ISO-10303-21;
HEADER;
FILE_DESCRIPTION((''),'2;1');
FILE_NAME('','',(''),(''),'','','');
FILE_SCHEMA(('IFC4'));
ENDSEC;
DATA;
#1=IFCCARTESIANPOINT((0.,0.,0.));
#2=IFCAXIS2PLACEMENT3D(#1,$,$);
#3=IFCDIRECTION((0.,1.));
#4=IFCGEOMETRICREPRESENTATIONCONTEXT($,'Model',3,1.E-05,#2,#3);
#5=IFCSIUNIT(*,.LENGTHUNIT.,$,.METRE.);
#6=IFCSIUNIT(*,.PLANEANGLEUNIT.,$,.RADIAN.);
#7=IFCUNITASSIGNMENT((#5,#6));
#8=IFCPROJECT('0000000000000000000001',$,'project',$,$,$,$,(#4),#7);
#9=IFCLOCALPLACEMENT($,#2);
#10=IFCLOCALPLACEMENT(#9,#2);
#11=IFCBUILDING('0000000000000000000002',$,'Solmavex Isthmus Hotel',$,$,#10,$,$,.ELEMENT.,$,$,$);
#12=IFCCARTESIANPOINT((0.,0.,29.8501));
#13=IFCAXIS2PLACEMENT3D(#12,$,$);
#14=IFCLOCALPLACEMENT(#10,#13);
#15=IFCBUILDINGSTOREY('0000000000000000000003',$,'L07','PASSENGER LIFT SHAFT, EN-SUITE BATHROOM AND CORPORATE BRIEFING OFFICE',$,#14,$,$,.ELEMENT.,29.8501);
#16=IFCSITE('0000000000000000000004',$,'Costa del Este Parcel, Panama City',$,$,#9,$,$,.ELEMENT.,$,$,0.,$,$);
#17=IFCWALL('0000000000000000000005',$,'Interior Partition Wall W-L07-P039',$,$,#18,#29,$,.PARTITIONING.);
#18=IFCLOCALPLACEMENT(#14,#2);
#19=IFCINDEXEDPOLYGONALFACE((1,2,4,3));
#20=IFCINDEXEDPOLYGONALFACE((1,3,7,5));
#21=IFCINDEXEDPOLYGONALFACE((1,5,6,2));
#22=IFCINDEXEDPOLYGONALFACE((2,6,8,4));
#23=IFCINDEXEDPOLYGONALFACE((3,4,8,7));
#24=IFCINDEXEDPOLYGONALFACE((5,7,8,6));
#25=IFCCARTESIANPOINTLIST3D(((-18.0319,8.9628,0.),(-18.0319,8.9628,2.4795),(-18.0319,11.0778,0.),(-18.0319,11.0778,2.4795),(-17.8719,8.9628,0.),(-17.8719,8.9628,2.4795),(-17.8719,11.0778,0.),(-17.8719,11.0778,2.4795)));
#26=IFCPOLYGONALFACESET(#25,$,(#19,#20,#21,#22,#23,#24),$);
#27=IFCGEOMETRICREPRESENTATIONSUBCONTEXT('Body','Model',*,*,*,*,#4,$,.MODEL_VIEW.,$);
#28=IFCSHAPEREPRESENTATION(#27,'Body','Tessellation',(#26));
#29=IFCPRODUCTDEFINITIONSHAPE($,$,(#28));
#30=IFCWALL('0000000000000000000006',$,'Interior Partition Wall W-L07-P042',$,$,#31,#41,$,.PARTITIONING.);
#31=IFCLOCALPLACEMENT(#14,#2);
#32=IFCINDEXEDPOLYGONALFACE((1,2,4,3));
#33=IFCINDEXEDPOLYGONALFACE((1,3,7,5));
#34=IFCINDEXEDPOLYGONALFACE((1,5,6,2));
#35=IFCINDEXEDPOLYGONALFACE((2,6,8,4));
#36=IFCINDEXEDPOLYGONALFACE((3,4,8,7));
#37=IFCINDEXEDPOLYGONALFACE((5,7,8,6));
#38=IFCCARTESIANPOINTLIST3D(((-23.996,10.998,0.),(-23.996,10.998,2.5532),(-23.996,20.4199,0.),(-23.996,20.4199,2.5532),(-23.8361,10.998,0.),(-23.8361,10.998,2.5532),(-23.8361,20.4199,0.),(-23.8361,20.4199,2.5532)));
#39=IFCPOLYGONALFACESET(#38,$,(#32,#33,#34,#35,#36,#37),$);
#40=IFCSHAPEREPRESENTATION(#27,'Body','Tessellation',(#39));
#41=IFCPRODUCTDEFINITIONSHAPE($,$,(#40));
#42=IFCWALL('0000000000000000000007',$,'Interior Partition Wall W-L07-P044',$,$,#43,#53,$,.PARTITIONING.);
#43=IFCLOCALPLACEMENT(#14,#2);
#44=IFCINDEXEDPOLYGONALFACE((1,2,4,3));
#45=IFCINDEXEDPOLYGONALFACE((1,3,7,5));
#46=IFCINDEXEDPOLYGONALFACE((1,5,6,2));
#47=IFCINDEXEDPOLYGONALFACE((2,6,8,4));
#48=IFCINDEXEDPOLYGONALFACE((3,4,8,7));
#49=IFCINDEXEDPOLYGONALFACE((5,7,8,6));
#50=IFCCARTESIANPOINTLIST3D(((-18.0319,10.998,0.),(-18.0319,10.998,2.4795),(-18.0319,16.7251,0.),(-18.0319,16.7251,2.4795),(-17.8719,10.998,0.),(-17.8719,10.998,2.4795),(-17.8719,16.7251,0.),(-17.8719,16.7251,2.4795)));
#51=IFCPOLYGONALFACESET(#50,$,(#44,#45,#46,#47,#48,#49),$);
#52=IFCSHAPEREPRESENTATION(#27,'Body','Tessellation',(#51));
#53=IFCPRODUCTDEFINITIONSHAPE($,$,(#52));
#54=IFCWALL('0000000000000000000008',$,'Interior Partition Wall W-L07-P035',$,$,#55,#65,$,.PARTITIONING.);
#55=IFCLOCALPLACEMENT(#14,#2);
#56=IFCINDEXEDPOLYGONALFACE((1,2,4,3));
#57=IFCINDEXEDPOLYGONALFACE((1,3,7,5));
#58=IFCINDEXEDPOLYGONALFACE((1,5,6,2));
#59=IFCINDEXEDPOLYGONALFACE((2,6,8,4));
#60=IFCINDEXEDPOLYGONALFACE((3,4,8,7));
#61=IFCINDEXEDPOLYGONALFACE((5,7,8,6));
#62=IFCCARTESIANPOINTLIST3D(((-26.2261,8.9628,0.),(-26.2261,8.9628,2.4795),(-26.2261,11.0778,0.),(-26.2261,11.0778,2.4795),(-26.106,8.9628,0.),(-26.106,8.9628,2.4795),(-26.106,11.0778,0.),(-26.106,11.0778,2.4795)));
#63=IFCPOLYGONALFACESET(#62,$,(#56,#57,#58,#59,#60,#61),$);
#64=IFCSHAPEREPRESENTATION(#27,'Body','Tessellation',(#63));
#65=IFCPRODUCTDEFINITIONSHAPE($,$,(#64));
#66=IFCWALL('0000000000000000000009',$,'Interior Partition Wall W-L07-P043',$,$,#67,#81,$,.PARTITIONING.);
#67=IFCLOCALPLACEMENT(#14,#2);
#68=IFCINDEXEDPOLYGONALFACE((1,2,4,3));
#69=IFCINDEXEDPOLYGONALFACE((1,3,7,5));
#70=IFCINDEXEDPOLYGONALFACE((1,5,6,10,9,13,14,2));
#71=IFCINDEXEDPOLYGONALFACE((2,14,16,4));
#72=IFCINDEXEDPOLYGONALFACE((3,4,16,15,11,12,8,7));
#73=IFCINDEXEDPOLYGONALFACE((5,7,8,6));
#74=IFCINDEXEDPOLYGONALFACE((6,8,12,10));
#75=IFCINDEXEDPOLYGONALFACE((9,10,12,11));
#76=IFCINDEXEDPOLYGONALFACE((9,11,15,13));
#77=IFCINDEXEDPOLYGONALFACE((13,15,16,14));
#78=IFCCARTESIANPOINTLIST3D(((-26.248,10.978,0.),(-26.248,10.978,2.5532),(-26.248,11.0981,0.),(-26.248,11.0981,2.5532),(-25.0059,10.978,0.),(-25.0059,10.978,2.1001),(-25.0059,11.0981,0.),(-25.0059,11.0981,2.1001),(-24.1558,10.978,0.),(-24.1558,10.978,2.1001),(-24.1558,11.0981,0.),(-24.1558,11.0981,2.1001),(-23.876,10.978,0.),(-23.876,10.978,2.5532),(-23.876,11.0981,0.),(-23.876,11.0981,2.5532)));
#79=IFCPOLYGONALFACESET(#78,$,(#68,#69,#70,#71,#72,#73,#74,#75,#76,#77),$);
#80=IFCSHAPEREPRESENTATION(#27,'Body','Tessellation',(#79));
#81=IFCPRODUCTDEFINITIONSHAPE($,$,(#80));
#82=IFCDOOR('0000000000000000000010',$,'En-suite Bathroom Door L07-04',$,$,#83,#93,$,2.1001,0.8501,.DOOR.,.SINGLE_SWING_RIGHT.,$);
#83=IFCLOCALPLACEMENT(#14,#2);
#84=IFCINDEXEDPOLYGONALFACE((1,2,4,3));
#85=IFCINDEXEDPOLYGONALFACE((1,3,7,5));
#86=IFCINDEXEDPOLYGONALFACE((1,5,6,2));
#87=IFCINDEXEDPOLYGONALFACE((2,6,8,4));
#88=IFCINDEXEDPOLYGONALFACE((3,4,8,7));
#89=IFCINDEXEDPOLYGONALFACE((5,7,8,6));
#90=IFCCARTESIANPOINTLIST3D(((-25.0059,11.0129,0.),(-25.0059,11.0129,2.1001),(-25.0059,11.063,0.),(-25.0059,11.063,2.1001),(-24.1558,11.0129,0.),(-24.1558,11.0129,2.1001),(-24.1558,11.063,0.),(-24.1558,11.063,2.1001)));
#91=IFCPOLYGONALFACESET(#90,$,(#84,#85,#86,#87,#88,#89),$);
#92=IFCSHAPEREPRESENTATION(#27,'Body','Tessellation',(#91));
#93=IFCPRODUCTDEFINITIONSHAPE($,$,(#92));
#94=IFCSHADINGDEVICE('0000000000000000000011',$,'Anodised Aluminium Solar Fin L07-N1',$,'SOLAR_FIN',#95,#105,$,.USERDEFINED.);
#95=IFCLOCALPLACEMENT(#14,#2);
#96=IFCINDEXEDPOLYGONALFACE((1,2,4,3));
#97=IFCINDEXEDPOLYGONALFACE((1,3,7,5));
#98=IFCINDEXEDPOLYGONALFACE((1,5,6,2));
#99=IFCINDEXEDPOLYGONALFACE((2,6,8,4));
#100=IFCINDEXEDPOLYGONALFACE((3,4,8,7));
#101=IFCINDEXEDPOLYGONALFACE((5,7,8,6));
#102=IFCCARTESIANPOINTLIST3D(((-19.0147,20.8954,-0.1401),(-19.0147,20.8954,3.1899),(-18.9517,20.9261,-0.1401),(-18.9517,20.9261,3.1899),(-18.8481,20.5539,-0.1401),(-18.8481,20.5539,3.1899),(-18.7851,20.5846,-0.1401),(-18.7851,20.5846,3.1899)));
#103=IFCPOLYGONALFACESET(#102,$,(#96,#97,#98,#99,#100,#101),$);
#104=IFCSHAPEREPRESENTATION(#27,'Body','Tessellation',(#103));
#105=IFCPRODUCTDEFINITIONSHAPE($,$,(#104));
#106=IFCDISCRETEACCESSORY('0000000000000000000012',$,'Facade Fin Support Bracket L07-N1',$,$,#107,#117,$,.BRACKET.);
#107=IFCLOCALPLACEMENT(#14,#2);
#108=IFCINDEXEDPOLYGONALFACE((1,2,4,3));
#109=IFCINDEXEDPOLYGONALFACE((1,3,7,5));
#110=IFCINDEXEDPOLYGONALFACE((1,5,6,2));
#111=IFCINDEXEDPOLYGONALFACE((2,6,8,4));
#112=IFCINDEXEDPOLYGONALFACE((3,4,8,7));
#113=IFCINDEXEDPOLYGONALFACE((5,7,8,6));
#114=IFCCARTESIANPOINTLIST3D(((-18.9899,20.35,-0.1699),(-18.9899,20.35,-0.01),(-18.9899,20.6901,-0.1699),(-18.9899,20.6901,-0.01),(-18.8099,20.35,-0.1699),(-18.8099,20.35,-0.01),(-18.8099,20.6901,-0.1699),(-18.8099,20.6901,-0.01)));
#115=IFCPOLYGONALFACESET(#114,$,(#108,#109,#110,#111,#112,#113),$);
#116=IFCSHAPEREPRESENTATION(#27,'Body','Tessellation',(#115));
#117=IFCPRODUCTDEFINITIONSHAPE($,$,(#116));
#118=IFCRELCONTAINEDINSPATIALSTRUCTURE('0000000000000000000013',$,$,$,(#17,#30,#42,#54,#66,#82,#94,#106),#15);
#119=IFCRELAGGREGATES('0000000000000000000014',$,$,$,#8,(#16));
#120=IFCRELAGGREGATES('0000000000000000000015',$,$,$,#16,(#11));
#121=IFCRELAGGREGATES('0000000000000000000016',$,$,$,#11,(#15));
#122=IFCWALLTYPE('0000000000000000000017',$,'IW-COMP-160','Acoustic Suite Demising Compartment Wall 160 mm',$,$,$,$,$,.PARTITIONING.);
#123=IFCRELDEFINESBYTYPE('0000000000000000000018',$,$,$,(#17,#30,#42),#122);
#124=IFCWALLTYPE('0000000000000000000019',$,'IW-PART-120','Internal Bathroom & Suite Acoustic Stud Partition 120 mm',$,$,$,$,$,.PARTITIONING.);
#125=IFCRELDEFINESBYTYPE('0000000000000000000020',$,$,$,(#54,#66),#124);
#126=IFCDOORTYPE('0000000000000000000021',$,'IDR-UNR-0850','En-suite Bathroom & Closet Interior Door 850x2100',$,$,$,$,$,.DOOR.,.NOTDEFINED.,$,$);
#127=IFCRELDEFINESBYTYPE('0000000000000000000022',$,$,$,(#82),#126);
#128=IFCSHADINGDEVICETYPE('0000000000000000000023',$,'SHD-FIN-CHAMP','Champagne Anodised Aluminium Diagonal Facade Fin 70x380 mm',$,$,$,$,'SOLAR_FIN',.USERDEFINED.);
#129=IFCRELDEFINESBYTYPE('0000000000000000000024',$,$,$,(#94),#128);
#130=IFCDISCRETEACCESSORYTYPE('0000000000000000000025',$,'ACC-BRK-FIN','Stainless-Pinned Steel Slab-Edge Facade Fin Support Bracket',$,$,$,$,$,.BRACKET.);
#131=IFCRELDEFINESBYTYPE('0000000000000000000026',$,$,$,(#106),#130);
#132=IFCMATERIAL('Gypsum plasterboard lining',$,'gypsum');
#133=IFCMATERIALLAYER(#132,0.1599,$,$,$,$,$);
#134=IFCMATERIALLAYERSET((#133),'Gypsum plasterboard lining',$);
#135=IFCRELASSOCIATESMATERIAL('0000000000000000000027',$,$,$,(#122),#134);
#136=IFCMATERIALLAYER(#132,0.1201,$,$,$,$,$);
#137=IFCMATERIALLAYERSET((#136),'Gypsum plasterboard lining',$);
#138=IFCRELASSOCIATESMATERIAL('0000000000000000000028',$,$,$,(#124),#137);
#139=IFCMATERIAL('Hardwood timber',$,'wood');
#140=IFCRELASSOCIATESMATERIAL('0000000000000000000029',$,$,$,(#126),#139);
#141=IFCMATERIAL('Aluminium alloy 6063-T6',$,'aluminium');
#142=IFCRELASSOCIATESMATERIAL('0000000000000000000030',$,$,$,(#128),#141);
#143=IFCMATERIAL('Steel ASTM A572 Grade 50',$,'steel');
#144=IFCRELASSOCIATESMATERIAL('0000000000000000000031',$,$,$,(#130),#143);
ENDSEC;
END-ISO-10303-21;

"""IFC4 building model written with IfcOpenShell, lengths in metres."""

from ifc_helpers import new_model, si_unit, direction, frame, frame_2d, origin, origin_2d, place, context, subcontext, project, spatial, rectangle, extrude, material, layer, layer_set, type_object, element, fill, save


model = new_model("IFC4")

# Units and contexts
model_context = context("Model", 3, precision=1e-05, world=origin(), true_north=direction((0.0, 1.0)))
body_context = subcontext(model_context, "Body", "Model", "MODEL_VIEW")
ifc_project = project(units=[si_unit("LENGTHUNIT", "METRE"), si_unit("PLANEANGLEUNIT", "RADIAN")], contexts=[model_context])

# Site, building, storey
site_placement = place(None, origin())
site = spatial("IfcSite", under=ifc_project, at=site_placement, Name="Costa del Este Parcel, Panama City", CompositionType="ELEMENT", RefElevation=0.0)
building_placement = place(site_placement, origin())
building = spatial("IfcBuilding", under=site, at=building_placement, Name="Solmavex Isthmus Hotel", CompositionType="ELEMENT")
storey_placement = place(building_placement, frame((0.0, 0.0, 29.8501)))
storey = spatial("IfcBuildingStorey", under=building, at=storey_placement, Name="L07", Description="PASSENGER LIFT SHAFT, EN-SUITE BATHROOM AND CORPORATE BRIEFING OFFICE", CompositionType="ELEMENT", Elevation=29.8501)

# Shared definitions
ifc_material_1 = material(Name="Aluminium alloy 6063-T6", Category="aluminium")

# Shared definitions
ifc_material_2 = material(Name="Gypsum plasterboard lining", Category="gypsum")
ifc_layer_1 = layer(ifc_material_2, 0.1599)
ifc_layer_set_1 = layer_set([ifc_layer_1], Name="Gypsum plasterboard lining")
wall_type_1 = type_object("IfcWallType", Name="IW-COMP-160", Description="Acoustic Suite Demising Compartment Wall 160 mm", PredefinedType="PARTITIONING", material=ifc_layer_set_1)
ifc_material_3 = material(Name="Hardwood timber", Category="wood")

# Walls
wall_1_placement = place(storey_placement, frame((-17.9519, 11.0779, 0.0), z_axis=(0.0, 0.0, 1.0), x_axis=(0.0, -1.0, 0.0)))
element("IfcWall", 1, at=wall_1_placement, inside=storey, type_object=wall_type_1, Name="Interior Partition Wall W-L07-P039", PredefinedType="PARTITIONING", context=body_context, shape_type="SweptSolid", body=[
    extrude(rectangle(XDim=2.115, YDim=0.1599, at=frame_2d((1.0576, 0.0))), origin(), (0.0, 0.0, 1.0), 2.4795),
])
wall_2_placement = place(storey_placement, frame((-23.916, 20.4199, 0.0), z_axis=(0.0, 0.0, 1.0), x_axis=(0.0, -1.0, 0.0)))
element("IfcWall", 2, at=wall_2_placement, inside=storey, type_object=wall_type_1, Name="Interior Partition Wall W-L07-P042", PredefinedType="PARTITIONING", context=body_context, shape_type="SweptSolid", body=[
    extrude(rectangle(XDim=9.4219, YDim=0.1599, at=frame_2d((4.7109, 0.0))), origin(), (0.0, 0.0, 1.0), 2.5532),
])
wall_3_placement = place(storey_placement, frame((-17.9519, 16.7251, 0.0), z_axis=(0.0, 0.0, 1.0), x_axis=(0.0, -1.0, 0.0)))
element("IfcWall", 3, at=wall_3_placement, inside=storey, type_object=wall_type_1, Name="Interior Partition Wall W-L07-P044", PredefinedType="PARTITIONING", context=body_context, shape_type="SweptSolid", body=[
    extrude(rectangle(XDim=5.7271, YDim=0.1599, at=frame_2d((2.8635, 0.0))), origin(), (0.0, 0.0, 1.0), 2.4795),
])
ifc_layer_2 = layer(ifc_material_2, 0.1201)
ifc_layer_set_2 = layer_set([ifc_layer_2], Name="Gypsum plasterboard lining")
wall_type_2 = type_object("IfcWallType", Name="IW-PART-120", Description="Internal Bathroom & Suite Acoustic Stud Partition 120 mm", PredefinedType="PARTITIONING", material=ifc_layer_set_2)
wall_4_placement = place(storey_placement, frame((-26.166, 11.0779, 0.0), z_axis=(0.0, 0.0, 1.0), x_axis=(0.0, -1.0, 0.0)))
element("IfcWall", 4, at=wall_4_placement, inside=storey, type_object=wall_type_2, Name="Interior Partition Wall W-L07-P035", PredefinedType="PARTITIONING", context=body_context, shape_type="SweptSolid", body=[
    extrude(rectangle(XDim=2.115, YDim=0.1201, at=frame_2d((1.0576, 0.0))), origin(), (0.0, 0.0, 1.0), 2.4795),
])

# Wall, opening, door
wall_5_placement = place(storey_placement, frame((-23.876, 11.0381, 0.0), z_axis=(0.0, 0.0, 1.0), x_axis=(-1.0, 0.0, 0.0)))
wall_5 = element("IfcWall", 5, at=wall_5_placement, inside=storey, type_object=wall_type_2, Name="Interior Partition Wall W-L07-P043", PredefinedType="PARTITIONING", context=body_context, shape_type="SweptSolid", body=[
    extrude(rectangle(XDim=2.3721, YDim=0.1201, at=frame_2d((1.186, 0.0))), origin(), (0.0, 0.0, 1.0), 2.5532),
])
opening_1_placement = place(wall_5_placement, frame((0.2798, 0.0, 0.0)))
opening_1 = element("IfcOpeningElement", 6, at=opening_1_placement, cuts=wall_5, PredefinedType="OPENING", context=body_context, shape_type="SweptSolid", body=[
    extrude(rectangle(XDim=0.8501, YDim=2.1001, at=frame_2d((0.425, 1.05))), frame((0.0, 0.0701, 0.0), z_axis=(0.0, -1.0, 0.0), x_axis=(1.0, 0.0, 0.0)), (0.0, 0.0, 1.0), 0.1401),
])
door_type_1 = type_object("IfcDoorType", Name="IDR-UNR-0850", Description="En-suite Bathroom & Closet Interior Door 850x2100", OperationType="NOTDEFINED", PredefinedType="DOOR", material=ifc_material_3)
door_1_placement = place(opening_1_placement, frame((0.8501, 0.0, 0.0), z_axis=(0.0, 0.0, 1.0), x_axis=(-1.0, 0.0, 0.0)))
door_1 = element("IfcDoor", 7, at=door_1_placement, inside=storey, type_object=door_type_1, Name="En-suite Bathroom Door L07-04", OperationType="SINGLE_SWING_RIGHT", OverallHeight=2.1001, OverallWidth=0.8501, PredefinedType="DOOR", context=body_context, shape_type="SweptSolid", body=[
    extrude(rectangle(XDim=0.8501, YDim=2.1001, at=frame_2d((0.425, 1.05))), frame((0.0, 0.0249, 0.0), z_axis=(0.0, -1.0, 0.0), x_axis=(1.0, 0.0, 0.0)), (0.0, 0.0, 1.0), 0.05),
])
fill(opening_1, door_1)

# Shading device
shading_device_type = type_object("IfcShadingDeviceType", Name="SHD-FIN-CHAMP", Description="Champagne Anodised Aluminium Diagonal Facade Fin 70x380 mm", ElementType="SOLAR_FIN", PredefinedType="USERDEFINED", material=ifc_material_1)
shading_device_placement = place(storey_placement, frame((-18.8999, 20.74, -0.1401), z_axis=(0.0, 0.0, 1.0), x_axis=(-0.438371, 0.898794, 0.0)))
element("IfcShadingDevice", 8, at=shading_device_placement, inside=storey, type_object=shading_device_type, Name="Anodised Aluminium Solar Fin L07-N1", ObjectType="SOLAR_FIN", PredefinedType="USERDEFINED", context=body_context, shape_type="SweptSolid", body=[
    extrude(rectangle(XDim=0.3799, YDim=0.0701, at=origin_2d()), origin(), (0.0, 0.0, 1.0), 3.3301),
])

# Discrete accessory
ifc_material_4 = material(Name="Steel ASTM A572 Grade 50", Category="steel")
discrete_accessory_type = type_object("IfcDiscreteAccessoryType", Name="ACC-BRK-FIN", Description="Stainless-Pinned Steel Slab-Edge Facade Fin Support Bracket", PredefinedType="BRACKET", material=ifc_material_4)
discrete_accessory_placement = place(storey_placement, frame((-18.8999, 20.52, -0.1699), z_axis=(0.0, 0.0, 1.0), x_axis=(0.0, 1.0, 0.0)))
element("IfcDiscreteAccessory", 9, at=discrete_accessory_placement, inside=storey, type_object=discrete_accessory_type, Name="Facade Fin Support Bracket L07-N1", PredefinedType="BRACKET", context=body_context, shape_type="SweptSolid", body=[
    extrude(rectangle(XDim=0.3401, YDim=0.1799, at=origin_2d()), origin(), (0.0, 0.0, 1.0), 0.1599),
])

save(model, "model.ifc")
